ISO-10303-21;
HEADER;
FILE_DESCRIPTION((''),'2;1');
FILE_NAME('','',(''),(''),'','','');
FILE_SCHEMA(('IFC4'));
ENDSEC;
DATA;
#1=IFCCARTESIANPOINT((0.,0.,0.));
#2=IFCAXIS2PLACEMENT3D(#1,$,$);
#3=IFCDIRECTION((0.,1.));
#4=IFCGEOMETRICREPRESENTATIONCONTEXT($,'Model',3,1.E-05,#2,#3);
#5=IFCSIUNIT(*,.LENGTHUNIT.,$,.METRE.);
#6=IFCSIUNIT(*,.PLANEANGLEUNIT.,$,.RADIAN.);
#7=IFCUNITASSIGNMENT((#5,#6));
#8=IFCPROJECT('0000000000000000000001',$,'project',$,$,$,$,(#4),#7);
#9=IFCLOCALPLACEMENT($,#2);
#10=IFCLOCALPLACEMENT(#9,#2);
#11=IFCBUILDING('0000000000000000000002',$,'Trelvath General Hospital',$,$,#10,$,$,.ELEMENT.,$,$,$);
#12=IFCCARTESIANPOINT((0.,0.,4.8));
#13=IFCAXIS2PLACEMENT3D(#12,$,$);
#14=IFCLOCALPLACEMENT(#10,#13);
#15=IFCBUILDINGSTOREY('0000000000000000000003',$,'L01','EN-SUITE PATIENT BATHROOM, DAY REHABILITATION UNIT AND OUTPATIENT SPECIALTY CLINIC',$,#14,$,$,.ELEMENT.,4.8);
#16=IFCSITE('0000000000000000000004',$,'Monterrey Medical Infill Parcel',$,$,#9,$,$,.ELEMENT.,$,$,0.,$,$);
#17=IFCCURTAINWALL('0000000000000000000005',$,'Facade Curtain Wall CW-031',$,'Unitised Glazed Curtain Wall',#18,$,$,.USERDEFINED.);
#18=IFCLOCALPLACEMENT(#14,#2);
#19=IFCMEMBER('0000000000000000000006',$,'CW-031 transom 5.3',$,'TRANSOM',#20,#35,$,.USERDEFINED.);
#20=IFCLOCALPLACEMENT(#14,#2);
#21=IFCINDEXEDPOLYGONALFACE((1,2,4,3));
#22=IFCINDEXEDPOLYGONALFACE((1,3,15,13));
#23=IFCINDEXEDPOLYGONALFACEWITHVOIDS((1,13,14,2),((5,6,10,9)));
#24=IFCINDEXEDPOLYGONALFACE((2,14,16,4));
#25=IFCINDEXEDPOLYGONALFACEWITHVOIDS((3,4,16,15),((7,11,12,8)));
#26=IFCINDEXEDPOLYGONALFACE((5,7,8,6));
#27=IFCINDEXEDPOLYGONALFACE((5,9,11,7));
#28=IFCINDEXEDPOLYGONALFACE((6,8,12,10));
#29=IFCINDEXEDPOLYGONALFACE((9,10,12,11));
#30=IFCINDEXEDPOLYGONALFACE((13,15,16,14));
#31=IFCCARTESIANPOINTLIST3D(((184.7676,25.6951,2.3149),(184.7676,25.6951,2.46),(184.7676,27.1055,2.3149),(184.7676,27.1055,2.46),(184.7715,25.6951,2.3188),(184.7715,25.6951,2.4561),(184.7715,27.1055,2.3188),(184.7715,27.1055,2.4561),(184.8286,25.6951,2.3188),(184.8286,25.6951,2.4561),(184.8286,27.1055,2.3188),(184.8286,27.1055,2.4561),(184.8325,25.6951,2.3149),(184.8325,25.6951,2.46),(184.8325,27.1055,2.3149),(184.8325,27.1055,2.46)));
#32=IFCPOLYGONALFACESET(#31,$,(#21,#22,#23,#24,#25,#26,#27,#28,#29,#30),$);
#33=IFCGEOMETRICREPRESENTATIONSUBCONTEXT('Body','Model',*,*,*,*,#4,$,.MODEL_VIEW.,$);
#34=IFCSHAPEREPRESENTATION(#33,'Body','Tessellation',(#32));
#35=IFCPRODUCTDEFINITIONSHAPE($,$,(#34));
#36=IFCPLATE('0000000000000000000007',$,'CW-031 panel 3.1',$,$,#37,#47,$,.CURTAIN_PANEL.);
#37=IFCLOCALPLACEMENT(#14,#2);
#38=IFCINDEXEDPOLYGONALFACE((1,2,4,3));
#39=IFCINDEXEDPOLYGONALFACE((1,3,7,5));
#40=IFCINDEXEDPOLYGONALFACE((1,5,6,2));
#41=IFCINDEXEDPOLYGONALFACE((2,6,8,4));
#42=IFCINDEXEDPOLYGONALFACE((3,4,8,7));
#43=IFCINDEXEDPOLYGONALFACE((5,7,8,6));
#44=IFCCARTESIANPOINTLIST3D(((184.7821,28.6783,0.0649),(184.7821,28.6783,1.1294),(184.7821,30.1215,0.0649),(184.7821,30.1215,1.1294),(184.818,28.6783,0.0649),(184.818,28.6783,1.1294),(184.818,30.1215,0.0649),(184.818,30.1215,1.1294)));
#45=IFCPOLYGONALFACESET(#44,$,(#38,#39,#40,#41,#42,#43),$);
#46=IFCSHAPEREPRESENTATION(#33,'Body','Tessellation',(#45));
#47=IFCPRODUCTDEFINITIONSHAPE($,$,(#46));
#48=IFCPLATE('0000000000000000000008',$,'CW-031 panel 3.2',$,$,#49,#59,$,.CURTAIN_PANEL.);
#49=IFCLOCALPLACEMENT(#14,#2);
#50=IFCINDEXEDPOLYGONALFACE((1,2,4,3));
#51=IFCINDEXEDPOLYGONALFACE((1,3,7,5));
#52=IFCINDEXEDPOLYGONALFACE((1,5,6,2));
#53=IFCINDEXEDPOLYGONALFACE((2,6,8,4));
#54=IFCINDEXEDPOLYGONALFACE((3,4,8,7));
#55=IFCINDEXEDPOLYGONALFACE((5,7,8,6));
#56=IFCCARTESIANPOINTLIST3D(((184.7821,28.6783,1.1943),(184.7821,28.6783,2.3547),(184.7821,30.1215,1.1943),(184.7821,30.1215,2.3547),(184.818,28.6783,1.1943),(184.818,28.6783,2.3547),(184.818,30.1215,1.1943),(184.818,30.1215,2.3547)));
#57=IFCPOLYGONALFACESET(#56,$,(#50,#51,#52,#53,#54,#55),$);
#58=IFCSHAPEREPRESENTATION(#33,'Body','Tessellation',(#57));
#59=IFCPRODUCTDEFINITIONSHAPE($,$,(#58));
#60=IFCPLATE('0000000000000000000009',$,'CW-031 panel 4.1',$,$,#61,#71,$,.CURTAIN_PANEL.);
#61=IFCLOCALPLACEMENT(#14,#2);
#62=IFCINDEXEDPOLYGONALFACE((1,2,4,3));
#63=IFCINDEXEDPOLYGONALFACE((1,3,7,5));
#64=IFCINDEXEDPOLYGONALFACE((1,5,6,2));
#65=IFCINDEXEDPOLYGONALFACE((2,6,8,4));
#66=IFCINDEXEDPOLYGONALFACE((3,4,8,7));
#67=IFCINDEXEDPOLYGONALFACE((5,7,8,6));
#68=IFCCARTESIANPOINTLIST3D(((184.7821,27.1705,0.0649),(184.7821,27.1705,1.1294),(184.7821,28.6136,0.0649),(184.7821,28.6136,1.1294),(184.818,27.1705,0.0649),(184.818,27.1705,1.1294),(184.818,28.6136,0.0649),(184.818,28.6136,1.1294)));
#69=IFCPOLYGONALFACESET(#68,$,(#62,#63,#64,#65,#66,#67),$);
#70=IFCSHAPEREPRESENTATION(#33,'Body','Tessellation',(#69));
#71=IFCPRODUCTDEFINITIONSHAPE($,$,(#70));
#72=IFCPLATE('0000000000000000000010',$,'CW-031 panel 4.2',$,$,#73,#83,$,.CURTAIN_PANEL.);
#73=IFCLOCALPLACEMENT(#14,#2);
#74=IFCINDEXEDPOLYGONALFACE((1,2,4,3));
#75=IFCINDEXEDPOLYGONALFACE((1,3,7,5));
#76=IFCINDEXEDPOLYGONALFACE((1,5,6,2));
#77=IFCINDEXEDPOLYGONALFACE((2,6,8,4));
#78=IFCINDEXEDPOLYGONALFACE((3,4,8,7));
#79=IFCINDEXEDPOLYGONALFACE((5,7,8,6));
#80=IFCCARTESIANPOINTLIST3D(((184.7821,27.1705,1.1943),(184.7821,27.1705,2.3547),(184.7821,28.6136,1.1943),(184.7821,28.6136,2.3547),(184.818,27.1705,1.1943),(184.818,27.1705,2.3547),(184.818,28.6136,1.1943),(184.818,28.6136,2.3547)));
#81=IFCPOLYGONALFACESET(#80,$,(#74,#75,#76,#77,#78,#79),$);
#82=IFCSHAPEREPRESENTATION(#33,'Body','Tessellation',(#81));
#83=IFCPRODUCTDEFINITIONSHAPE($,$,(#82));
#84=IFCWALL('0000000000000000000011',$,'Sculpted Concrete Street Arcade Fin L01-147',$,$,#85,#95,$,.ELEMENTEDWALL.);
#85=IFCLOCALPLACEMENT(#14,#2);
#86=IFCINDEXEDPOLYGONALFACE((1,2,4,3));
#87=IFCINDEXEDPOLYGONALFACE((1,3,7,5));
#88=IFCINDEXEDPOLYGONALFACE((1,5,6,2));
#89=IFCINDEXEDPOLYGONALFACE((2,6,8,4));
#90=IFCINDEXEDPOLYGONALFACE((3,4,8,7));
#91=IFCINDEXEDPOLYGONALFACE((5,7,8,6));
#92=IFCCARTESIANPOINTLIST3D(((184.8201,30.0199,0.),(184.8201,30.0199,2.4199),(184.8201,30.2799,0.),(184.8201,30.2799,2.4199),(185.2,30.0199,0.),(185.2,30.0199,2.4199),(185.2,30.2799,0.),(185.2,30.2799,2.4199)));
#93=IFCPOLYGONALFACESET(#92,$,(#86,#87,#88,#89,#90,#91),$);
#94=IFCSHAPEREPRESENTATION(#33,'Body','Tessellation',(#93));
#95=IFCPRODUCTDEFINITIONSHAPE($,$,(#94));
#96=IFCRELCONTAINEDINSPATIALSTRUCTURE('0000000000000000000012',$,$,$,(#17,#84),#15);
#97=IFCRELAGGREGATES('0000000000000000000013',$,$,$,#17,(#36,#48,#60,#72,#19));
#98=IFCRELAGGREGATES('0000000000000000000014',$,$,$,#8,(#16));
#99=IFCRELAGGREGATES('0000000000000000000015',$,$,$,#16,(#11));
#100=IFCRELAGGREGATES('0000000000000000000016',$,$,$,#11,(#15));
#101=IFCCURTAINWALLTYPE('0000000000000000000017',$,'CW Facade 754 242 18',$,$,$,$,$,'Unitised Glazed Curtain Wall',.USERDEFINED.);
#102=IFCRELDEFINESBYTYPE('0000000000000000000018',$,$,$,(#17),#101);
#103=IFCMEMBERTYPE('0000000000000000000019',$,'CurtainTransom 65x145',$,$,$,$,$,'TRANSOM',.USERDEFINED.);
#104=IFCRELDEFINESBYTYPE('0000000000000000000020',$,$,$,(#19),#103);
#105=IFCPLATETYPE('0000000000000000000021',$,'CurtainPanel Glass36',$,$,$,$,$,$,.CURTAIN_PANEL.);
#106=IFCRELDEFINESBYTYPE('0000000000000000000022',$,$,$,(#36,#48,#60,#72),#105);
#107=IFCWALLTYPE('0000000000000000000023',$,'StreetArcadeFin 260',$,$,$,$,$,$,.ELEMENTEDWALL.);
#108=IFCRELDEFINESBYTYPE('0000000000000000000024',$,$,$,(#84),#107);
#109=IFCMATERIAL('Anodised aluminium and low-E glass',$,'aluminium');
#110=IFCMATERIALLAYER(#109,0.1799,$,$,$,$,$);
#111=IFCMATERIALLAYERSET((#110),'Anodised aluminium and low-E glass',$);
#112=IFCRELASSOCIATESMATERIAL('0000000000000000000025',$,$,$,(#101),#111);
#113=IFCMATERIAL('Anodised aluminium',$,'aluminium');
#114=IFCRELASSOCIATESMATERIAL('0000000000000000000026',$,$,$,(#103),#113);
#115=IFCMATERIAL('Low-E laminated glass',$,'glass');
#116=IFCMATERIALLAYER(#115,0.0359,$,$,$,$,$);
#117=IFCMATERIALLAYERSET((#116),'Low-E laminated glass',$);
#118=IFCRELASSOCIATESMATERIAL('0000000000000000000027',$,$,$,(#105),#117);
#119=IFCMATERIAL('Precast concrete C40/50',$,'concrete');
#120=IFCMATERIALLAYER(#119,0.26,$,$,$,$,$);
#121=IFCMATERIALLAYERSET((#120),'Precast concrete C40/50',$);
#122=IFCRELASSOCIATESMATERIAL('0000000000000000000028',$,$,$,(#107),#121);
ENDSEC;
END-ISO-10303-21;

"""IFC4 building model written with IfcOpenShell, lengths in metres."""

from ifc_helpers import new_model, si_unit, direction, frame, frame_2d, origin, origin_2d, place, context, subcontext, project, spatial, rectangle, hollow_rectangle, extrude, material, layer, layer_set, material_profile, profile_set, type_object, element, aggregate, save


model = new_model("IFC4")

# Units and contexts
model_context = context("Model", 3, precision=1e-05, world=origin(), true_north=direction((0.0, 1.0)))
body_context = subcontext(model_context, "Body", "Model", "MODEL_VIEW")
ifc_project = project(units=[si_unit("LENGTHUNIT", "METRE"), si_unit("PLANEANGLEUNIT", "RADIAN")], contexts=[model_context])

# Site, building, storey
site_placement = place(None, origin())
site = spatial("IfcSite", under=ifc_project, at=site_placement, Name="Monterrey Medical Infill Parcel", CompositionType="ELEMENT", RefElevation=0.0)
building_placement = place(site_placement, origin())
building = spatial("IfcBuilding", under=site, at=building_placement, Name="Trelvath General Hospital", CompositionType="ELEMENT")
storey_placement = place(building_placement, frame((0.0, 0.0, 4.8)))
storey = spatial("IfcBuildingStorey", under=building, at=storey_placement, Name="L01", Description="EN-SUITE PATIENT BATHROOM, DAY REHABILITATION UNIT AND OUTPATIENT SPECIALTY CLINIC", CompositionType="ELEMENT", Elevation=4.8)

# Curtain wall, member, plates
ifc_material_1 = material(Name="Anodised aluminium and low-E glass", Category="aluminium")
ifc_layer_1 = layer(ifc_material_1, 0.1799)
ifc_layer_set_1 = layer_set([ifc_layer_1], Name="Anodised aluminium and low-E glass")
curtain_wall_type = type_object("IfcCurtainWallType", Name="CW Facade 754 242 18", ElementType="Unitised Glazed Curtain Wall", PredefinedType="USERDEFINED", material=ifc_layer_set_1)
curtain_wall_placement = place(storey_placement, origin())
curtain_wall = element("IfcCurtainWall", 1, at=curtain_wall_placement, inside=storey, type_object=curtain_wall_type, Name="Facade Curtain Wall CW-031", ObjectType="Unitised Glazed Curtain Wall", PredefinedType="USERDEFINED")
ifc_material_2 = material(Name="Anodised aluminium", Category="aluminium")
ifc_material_profile_1 = material_profile(ifc_material_2, hollow_rectangle(XDim=0.0649, YDim=0.145, WallThickness=0.0039, at=origin_2d()), Name="RHS65x145x4")
ifc_profile_set_1 = profile_set([ifc_material_profile_1], Name="Anodised aluminium")
member_type_1 = type_object("IfcMemberType", Name="CurtainTransom 65x145", ElementType="TRANSOM", PredefinedType="USERDEFINED", material=ifc_profile_set_1)
member_1_placement = place(storey_placement, frame((184.8, 27.1055, 2.3875), z_axis=(0.0, -1.0, 0.0), x_axis=(1.0, 0.0, 0.0)))
member_1 = element("IfcMember", 2, at=member_1_placement, type_object=member_type_1, Name="CW-031 transom 5.3", ObjectType="TRANSOM", PredefinedType="USERDEFINED", context=body_context, shape_type="SweptSolid", body=[
    extrude(hollow_rectangle(XDim=0.0649, YDim=0.145, WallThickness=0.0039, at=origin_2d()), origin(), (0.0, 0.0, 1.0), 1.4104),
])
ifc_material_3 = material(Name="Low-E laminated glass", Category="glass")
ifc_layer_2 = layer(ifc_material_3, 0.0359)
ifc_layer_set_2 = layer_set([ifc_layer_2], Name="Low-E laminated glass")
plate_type = type_object("IfcPlateType", Name="CurtainPanel Glass36", PredefinedType="CURTAIN_PANEL", material=ifc_layer_set_2)
plate_1_placement = place(storey_placement, frame((184.8, 29.3999, 0.0649), z_axis=(0.0, 0.0, 1.0), x_axis=(0.0, -1.0, 0.0)))
plate_1 = element("IfcPlate", 3, at=plate_1_placement, type_object=plate_type, Name="CW-031 panel 3.1", PredefinedType="CURTAIN_PANEL", context=body_context, shape_type="SweptSolid", body=[
    extrude(rectangle(XDim=1.4431, YDim=0.0359, at=origin_2d()), origin(), (0.0, 0.0, 1.0), 1.0645),
])
plate_2_placement = place(storey_placement, frame((184.8, 29.3999, 1.1943), z_axis=(0.0, 0.0, 1.0), x_axis=(0.0, -1.0, 0.0)))
plate_2 = element("IfcPlate", 4, at=plate_2_placement, type_object=plate_type, Name="CW-031 panel 3.2", PredefinedType="CURTAIN_PANEL", context=body_context, shape_type="SweptSolid", body=[
    extrude(rectangle(XDim=1.4431, YDim=0.0359, at=origin_2d()), origin(), (0.0, 0.0, 1.0), 1.1604),
])
plate_3_placement = place(storey_placement, frame((184.8, 27.8921, 0.0649), z_axis=(0.0, 0.0, 1.0), x_axis=(0.0, -1.0, 0.0)))
plate_3 = element("IfcPlate", 5, at=plate_3_placement, type_object=plate_type, Name="CW-031 panel 4.1", PredefinedType="CURTAIN_PANEL", context=body_context, shape_type="SweptSolid", body=[
    extrude(rectangle(XDim=1.4431, YDim=0.0359, at=origin_2d()), origin(), (0.0, 0.0, 1.0), 1.0645),
])
plate_4_placement = place(storey_placement, frame((184.8, 27.8921, 1.1943), z_axis=(0.0, 0.0, 1.0), x_axis=(0.0, -1.0, 0.0)))
plate_4 = element("IfcPlate", 6, at=plate_4_placement, type_object=plate_type, Name="CW-031 panel 4.2", PredefinedType="CURTAIN_PANEL", context=body_context, shape_type="SweptSolid", body=[
    extrude(rectangle(XDim=1.4431, YDim=0.0359, at=origin_2d()), origin(), (0.0, 0.0, 1.0), 1.1604),
])
aggregate(curtain_wall, [plate_1, plate_2, plate_3, plate_4, member_1])

# Wall
ifc_material_4 = material(Name="Precast concrete C40/50", Category="concrete")
ifc_layer_3 = layer(ifc_material_4, 0.26)
ifc_layer_set_3 = layer_set([ifc_layer_3], Name="Precast concrete C40/50")
wall_type = type_object("IfcWallType", Name="StreetArcadeFin 260", PredefinedType="ELEMENTEDWALL", material=ifc_layer_set_3)
wall_placement = place(storey_placement, frame((184.8201, 30.1499, 0.0), z_axis=(0.0, 0.0, 1.0), x_axis=(1.0, 0.0, 0.0)))
element("IfcWall", 7, at=wall_placement, inside=storey, type_object=wall_type, Name="Sculpted Concrete Street Arcade Fin L01-147", PredefinedType="ELEMENTEDWALL", context=body_context, shape_type="SweptSolid", body=[
    extrude(rectangle(XDim=0.3799, YDim=0.26, at=frame_2d((0.1899, 0.0))), origin(), (0.0, 0.0, 1.0), 2.4199),
])

save(model, "model.ifc")
